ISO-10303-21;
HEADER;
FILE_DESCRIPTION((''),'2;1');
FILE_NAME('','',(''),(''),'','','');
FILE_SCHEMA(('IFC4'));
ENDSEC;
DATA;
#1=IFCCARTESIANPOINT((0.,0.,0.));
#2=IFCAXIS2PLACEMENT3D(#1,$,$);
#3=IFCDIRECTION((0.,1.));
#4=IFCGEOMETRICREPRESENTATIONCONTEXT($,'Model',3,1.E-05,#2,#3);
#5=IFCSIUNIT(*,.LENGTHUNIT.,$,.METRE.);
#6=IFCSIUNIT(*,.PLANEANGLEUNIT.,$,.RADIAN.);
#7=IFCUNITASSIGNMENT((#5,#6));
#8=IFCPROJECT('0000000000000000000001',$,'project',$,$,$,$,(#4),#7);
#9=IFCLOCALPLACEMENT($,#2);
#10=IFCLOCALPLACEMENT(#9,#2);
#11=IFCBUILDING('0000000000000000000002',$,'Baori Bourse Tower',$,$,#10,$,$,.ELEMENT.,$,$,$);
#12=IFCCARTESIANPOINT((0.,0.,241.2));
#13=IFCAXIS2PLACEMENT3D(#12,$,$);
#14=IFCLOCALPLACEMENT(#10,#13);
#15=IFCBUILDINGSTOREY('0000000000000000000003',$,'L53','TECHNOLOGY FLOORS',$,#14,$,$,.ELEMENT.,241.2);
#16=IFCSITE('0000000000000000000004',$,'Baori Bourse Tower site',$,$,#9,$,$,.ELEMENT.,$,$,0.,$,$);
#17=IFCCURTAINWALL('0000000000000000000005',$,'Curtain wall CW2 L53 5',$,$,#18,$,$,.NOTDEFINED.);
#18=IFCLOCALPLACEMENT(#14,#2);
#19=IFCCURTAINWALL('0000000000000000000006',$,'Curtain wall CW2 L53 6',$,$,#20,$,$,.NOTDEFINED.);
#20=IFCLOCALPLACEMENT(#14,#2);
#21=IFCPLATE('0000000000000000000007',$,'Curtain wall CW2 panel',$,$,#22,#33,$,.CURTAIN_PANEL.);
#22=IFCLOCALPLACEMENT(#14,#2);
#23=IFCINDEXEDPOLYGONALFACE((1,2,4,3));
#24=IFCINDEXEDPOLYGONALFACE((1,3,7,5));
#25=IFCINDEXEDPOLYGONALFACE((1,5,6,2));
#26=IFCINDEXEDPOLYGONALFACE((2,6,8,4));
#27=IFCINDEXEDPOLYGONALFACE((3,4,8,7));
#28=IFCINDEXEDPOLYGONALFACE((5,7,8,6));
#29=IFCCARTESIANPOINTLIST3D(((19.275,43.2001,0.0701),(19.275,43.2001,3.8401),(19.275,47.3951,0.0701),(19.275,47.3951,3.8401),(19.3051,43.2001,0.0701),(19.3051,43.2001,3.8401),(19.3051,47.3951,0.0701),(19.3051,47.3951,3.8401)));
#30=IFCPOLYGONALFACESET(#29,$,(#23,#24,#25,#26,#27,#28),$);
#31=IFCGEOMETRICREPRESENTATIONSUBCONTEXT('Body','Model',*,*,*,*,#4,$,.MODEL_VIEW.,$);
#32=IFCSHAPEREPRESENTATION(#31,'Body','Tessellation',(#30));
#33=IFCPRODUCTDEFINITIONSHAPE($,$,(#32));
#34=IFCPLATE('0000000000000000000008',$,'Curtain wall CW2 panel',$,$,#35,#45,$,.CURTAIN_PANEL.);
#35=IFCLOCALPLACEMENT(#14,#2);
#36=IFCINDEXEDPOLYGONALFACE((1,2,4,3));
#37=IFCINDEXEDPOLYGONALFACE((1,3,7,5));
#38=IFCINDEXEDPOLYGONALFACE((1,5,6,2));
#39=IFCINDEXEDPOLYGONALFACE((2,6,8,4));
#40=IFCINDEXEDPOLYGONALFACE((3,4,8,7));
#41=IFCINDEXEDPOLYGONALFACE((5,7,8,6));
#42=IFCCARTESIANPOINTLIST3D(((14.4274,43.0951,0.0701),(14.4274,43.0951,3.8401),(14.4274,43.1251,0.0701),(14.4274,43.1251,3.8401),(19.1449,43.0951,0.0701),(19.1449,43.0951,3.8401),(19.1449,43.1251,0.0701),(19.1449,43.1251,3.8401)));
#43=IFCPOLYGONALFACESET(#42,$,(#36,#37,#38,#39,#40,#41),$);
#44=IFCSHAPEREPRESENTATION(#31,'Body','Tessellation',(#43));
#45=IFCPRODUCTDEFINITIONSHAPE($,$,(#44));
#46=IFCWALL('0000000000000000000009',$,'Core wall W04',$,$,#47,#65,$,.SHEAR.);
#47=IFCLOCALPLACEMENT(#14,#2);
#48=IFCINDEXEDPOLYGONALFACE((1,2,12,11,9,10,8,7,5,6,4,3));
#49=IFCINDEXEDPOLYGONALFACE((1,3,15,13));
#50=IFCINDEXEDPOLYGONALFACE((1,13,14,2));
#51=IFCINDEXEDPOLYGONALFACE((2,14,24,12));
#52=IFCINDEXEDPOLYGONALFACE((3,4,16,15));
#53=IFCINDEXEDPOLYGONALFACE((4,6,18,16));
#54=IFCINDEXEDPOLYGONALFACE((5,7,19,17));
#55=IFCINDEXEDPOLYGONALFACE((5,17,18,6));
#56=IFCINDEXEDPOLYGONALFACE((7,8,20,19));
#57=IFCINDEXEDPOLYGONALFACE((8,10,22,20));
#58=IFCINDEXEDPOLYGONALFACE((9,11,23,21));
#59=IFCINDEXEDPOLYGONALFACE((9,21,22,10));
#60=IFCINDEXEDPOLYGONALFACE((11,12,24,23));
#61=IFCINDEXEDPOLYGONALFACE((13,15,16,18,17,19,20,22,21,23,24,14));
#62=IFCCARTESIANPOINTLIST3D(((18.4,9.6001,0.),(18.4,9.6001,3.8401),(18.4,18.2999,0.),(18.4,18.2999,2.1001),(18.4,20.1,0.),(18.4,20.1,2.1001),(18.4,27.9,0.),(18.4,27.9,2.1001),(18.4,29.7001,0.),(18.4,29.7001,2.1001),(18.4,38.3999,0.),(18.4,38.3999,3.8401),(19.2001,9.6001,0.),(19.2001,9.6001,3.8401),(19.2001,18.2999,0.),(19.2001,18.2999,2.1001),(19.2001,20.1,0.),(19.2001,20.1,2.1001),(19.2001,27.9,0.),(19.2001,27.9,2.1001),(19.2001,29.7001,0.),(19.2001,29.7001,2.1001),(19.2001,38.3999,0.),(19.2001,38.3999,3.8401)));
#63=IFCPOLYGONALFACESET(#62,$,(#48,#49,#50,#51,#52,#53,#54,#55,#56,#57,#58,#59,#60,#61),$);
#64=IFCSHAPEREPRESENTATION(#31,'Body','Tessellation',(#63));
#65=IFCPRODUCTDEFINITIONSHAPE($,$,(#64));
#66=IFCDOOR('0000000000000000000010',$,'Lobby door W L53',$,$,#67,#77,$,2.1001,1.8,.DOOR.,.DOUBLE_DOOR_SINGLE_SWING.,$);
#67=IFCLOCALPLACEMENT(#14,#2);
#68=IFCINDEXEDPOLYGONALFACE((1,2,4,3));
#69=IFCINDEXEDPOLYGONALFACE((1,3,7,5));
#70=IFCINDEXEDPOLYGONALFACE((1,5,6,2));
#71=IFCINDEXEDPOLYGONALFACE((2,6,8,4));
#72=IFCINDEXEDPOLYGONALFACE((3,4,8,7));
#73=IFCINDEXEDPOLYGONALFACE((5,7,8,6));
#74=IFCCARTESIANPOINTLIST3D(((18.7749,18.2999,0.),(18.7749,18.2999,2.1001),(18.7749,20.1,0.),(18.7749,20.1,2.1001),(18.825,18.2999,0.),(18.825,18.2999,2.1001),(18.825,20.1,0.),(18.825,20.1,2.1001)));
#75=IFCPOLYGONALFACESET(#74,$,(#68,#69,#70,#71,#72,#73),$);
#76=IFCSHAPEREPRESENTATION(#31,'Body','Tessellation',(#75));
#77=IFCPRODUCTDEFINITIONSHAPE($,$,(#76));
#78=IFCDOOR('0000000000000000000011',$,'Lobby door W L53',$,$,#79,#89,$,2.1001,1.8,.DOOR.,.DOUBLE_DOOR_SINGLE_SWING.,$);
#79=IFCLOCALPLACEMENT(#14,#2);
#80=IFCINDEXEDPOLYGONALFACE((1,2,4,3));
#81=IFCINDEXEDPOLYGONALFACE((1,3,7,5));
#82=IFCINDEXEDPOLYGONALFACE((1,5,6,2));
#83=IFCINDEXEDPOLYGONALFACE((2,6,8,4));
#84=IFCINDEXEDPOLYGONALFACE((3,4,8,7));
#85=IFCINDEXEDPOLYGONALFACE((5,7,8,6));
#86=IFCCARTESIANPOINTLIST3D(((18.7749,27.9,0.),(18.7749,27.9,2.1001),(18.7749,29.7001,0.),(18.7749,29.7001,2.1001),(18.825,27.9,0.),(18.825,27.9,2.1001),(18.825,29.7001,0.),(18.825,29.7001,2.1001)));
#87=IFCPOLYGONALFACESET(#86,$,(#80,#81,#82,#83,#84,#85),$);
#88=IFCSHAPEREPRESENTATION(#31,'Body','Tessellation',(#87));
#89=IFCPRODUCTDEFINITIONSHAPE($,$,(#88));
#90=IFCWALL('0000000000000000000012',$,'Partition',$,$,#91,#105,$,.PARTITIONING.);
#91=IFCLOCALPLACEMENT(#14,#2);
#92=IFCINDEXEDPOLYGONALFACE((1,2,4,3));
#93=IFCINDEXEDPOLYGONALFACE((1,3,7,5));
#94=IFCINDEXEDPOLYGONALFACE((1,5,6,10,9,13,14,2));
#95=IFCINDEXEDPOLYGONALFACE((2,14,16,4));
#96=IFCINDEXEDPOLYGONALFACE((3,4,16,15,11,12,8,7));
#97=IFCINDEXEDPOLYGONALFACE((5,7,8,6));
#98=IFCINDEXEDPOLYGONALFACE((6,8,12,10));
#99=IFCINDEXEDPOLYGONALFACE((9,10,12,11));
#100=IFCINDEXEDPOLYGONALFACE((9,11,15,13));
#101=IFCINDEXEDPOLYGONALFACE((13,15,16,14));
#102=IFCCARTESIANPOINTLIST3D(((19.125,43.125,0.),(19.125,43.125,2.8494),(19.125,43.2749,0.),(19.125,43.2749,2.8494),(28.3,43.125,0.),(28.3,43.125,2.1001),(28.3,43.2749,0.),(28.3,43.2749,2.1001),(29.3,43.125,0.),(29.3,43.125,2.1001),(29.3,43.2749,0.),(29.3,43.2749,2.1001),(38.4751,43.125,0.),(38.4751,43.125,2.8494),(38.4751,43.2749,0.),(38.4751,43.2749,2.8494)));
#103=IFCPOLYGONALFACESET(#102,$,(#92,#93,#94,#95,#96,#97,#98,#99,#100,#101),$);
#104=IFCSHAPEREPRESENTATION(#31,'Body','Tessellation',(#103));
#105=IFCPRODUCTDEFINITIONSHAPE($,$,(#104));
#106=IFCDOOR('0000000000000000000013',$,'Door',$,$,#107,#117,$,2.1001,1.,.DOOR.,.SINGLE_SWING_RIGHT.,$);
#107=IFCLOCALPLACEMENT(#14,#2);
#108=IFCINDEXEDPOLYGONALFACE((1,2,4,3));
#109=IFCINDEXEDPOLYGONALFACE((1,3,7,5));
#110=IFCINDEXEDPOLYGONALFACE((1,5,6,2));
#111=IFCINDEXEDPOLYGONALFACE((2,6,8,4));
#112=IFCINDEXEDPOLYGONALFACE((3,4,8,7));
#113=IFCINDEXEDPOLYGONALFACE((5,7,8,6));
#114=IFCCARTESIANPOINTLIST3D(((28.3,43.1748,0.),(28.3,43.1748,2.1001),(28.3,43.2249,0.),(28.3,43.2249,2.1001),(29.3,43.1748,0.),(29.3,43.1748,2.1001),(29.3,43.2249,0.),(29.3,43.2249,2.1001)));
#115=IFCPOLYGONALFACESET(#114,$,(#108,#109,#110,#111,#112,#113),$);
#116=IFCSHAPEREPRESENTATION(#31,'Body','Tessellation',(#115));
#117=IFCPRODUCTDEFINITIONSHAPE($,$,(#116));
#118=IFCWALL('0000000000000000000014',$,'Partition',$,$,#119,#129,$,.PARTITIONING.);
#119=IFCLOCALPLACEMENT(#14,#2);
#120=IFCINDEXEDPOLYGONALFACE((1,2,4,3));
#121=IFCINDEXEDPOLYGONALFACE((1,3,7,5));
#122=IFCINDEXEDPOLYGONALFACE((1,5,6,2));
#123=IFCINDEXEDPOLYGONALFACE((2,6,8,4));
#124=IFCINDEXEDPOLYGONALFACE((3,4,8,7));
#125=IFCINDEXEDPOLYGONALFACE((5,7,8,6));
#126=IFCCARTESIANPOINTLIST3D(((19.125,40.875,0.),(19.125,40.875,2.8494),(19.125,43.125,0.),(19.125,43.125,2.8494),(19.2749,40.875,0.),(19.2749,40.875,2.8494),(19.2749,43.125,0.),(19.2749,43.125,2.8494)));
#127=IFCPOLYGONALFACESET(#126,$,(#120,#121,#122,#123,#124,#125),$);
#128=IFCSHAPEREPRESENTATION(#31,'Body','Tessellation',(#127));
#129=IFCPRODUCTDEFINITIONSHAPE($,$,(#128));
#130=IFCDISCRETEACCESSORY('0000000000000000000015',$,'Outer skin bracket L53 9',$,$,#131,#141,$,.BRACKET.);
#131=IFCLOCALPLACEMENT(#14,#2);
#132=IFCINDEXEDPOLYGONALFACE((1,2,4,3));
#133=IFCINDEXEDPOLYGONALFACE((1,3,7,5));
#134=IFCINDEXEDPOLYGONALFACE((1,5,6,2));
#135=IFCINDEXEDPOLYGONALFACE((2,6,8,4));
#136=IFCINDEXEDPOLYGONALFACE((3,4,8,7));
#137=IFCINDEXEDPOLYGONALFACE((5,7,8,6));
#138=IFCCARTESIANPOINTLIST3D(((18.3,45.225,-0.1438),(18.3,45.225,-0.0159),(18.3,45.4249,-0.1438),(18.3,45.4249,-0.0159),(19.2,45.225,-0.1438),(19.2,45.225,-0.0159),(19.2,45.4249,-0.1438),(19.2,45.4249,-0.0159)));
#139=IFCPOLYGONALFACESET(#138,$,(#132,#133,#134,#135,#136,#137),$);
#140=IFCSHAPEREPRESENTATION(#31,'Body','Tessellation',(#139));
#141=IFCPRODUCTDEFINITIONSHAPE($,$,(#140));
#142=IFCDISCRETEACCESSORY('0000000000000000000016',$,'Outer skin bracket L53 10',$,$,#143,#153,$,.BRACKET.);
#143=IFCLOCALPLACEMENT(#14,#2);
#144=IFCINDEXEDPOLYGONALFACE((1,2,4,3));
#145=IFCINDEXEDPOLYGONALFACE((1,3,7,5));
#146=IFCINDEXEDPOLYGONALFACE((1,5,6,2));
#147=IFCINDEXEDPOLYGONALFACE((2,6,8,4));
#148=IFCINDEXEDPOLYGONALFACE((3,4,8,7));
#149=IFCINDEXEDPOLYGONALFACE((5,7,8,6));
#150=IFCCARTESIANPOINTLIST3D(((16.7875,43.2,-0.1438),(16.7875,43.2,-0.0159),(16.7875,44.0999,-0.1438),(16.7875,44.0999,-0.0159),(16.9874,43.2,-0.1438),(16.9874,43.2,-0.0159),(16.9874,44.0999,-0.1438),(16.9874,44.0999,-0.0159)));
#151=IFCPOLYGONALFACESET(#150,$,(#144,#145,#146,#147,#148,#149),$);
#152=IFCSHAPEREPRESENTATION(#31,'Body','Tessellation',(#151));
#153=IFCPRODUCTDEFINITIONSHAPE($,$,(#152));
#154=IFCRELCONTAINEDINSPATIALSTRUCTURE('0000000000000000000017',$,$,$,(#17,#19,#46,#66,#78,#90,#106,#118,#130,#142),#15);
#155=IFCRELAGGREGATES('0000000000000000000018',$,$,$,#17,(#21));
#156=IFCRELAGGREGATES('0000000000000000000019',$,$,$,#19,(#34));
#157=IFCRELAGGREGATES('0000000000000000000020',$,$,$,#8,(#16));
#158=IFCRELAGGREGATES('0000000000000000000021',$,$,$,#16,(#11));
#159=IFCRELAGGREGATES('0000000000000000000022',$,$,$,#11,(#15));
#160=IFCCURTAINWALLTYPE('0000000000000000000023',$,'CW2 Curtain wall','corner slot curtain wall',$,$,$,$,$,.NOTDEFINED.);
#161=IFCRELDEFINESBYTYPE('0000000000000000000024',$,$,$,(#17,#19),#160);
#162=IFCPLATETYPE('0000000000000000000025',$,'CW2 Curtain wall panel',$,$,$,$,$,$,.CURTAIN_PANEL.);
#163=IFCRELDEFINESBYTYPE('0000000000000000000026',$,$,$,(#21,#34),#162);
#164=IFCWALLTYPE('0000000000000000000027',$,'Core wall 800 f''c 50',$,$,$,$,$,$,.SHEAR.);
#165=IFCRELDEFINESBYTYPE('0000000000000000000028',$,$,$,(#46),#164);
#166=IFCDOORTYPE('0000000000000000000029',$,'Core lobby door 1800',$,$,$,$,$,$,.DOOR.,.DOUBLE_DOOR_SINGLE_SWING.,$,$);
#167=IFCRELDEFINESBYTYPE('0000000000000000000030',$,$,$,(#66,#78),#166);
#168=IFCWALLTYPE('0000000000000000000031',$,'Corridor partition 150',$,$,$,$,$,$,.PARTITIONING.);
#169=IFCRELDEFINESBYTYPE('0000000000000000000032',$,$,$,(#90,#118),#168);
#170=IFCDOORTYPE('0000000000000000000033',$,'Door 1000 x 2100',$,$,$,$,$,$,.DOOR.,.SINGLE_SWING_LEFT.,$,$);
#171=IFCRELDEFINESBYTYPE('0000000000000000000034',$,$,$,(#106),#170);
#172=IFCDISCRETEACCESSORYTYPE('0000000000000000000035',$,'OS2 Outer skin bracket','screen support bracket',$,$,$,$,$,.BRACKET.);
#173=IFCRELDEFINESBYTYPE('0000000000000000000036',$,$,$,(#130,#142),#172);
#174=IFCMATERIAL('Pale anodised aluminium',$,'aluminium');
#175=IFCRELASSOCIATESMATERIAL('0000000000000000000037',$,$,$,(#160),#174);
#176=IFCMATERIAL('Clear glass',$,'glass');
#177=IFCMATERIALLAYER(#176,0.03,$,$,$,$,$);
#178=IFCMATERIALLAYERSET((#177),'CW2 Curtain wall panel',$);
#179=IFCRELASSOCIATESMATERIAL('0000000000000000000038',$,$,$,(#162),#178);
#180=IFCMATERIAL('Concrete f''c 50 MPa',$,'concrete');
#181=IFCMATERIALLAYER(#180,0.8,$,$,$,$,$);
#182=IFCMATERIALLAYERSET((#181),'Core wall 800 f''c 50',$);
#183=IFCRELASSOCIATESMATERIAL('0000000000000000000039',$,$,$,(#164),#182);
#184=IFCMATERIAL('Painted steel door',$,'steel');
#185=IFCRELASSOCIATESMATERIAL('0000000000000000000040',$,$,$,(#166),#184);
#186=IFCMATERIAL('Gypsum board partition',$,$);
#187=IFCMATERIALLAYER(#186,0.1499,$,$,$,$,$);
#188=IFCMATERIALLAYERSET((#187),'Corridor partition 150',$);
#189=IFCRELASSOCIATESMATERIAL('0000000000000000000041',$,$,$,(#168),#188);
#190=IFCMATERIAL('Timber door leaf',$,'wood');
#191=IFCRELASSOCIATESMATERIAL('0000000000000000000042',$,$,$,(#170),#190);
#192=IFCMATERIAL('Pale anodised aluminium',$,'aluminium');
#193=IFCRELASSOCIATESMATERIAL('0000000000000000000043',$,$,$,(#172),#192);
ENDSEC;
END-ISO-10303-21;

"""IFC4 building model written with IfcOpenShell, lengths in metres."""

from ifc_helpers import new_model, si_unit, direction, frame, frame_2d, origin, origin_2d, place, context, subcontext, project, spatial, rectangle, extrude, material, layer, layer_set, type_object, element, fill, aggregate, save


model = new_model("IFC4")

# Units and contexts
model_context = context("Model", 3, precision=1e-05, world=origin(), true_north=direction((0.0, 1.0)))
body_context = subcontext(model_context, "Body", "Model", "MODEL_VIEW")
ifc_project = project(units=[si_unit("LENGTHUNIT", "METRE"), si_unit("PLANEANGLEUNIT", "RADIAN")], contexts=[model_context])

# Site, building, storey
site_placement = place(None, origin())
site = spatial("IfcSite", under=ifc_project, at=site_placement, Name="Baori Bourse Tower site", CompositionType="ELEMENT", RefElevation=0.0)
building_placement = place(site_placement, origin())
building = spatial("IfcBuilding", under=site, at=building_placement, Name="Baori Bourse Tower", CompositionType="ELEMENT")
storey_placement = place(building_placement, frame((0.0, 0.0, 241.2)))
storey = spatial("IfcBuildingStorey", under=building, at=storey_placement, Name="L53", Description="TECHNOLOGY FLOORS", CompositionType="ELEMENT", Elevation=241.2)

# Curtain walls
ifc_material_1 = material(Name="Pale anodised aluminium", Category="aluminium")
curtain_wall_type = type_object("IfcCurtainWallType", Name="CW2 Curtain wall", Description="corner slot curtain wall", PredefinedType="NOTDEFINED", material=ifc_material_1)
curtain_wall_1_placement = place(storey_placement, origin())
curtain_wall_1 = element("IfcCurtainWall", 1, at=curtain_wall_1_placement, inside=storey, type_object=curtain_wall_type, Name="Curtain wall CW2 L53 5", PredefinedType="NOTDEFINED")
curtain_wall_2_placement = place(storey_placement, origin())
curtain_wall_2 = element("IfcCurtainWall", 2, at=curtain_wall_2_placement, inside=storey, type_object=curtain_wall_type, Name="Curtain wall CW2 L53 6", PredefinedType="NOTDEFINED")

# Plates
ifc_material_2 = material(Name="Clear glass", Category="glass")
ifc_layer_1 = layer(ifc_material_2, 0.03)
ifc_layer_set_1 = layer_set([ifc_layer_1], Name="CW2 Curtain wall panel")
plate_type = type_object("IfcPlateType", Name="CW2 Curtain wall panel", PredefinedType="CURTAIN_PANEL", material=ifc_layer_set_1)
plate_1_placement = place(storey_placement, frame((19.29, 45.2976, 0.0701), z_axis=(0.0, 0.0, 1.0), x_axis=(0.0, -1.0, 0.0)))
plate_1 = element("IfcPlate", 3, at=plate_1_placement, type_object=plate_type, Name="Curtain wall CW2 panel", PredefinedType="CURTAIN_PANEL", context=body_context, shape_type="SweptSolid", body=[
    extrude(rectangle(XDim=4.1951, YDim=0.03, at=origin_2d()), origin(), (0.0, 0.0, 1.0), 3.77),
])
aggregate(curtain_wall_1, [plate_1])
plate_2_placement = place(storey_placement, frame((16.7861, 43.1101, 0.0701), z_axis=(0.0, 0.0, 1.0), x_axis=(-1.0, 0.0, 0.0)))
plate_2 = element("IfcPlate", 4, at=plate_2_placement, type_object=plate_type, Name="Curtain wall CW2 panel", PredefinedType="CURTAIN_PANEL", context=body_context, shape_type="SweptSolid", body=[
    extrude(rectangle(XDim=4.7175, YDim=0.03, at=origin_2d()), origin(), (0.0, 0.0, 1.0), 3.77),
])
aggregate(curtain_wall_2, [plate_2])

# Wall, openings, doors
ifc_material_3 = material(Name="Concrete f'c 50 MPa", Category="concrete")
ifc_layer_2 = layer(ifc_material_3, 0.8)
ifc_layer_set_2 = layer_set([ifc_layer_2], Name="Core wall 800 f'c 50")
wall_type_1 = type_object("IfcWallType", Name="Core wall 800 f'c 50", PredefinedType="SHEAR", material=ifc_layer_set_2)
wall_1_placement = place(storey_placement, frame((18.8, 38.3999, 0.0), z_axis=(0.0, 0.0, 1.0), x_axis=(0.0, -1.0, 0.0)))
wall_1 = element("IfcWall", 5, at=wall_1_placement, inside=storey, type_object=wall_type_1, Name="Core wall W04", PredefinedType="SHEAR", context=body_context, shape_type="SweptSolid", body=[
    extrude(rectangle(XDim=28.7998, YDim=0.8, at=frame_2d((14.3999, 0.0))), origin(), (0.0, 0.0, 1.0), 3.8401),
])
opening_1_placement = place(wall_1_placement, frame((18.3, 0.0, 0.0)))
opening_1 = element("IfcOpeningElement", 6, at=opening_1_placement, cuts=wall_1, PredefinedType="OPENING", context=body_context, shape_type="SweptSolid", body=[
    extrude(rectangle(XDim=1.8, YDim=2.1001, at=frame_2d((0.8999, 1.05))), frame((0.0, 0.4099, 0.0), z_axis=(0.0, -1.0, 0.0), x_axis=(1.0, 0.0, 0.0)), (0.0, 0.0, 1.0), 0.8201),
])
opening_2_placement = place(wall_1_placement, frame((8.7, 0.0, 0.0)))
opening_2 = element("IfcOpeningElement", 7, at=opening_2_placement, cuts=wall_1, PredefinedType="OPENING", context=body_context, shape_type="SweptSolid", body=[
    extrude(rectangle(XDim=1.8, YDim=2.1001, at=frame_2d((0.8999, 1.05))), frame((0.0, 0.4099, 0.0), z_axis=(0.0, -1.0, 0.0), x_axis=(1.0, 0.0, 0.0)), (0.0, 0.0, 1.0), 0.8201),
])
ifc_material_4 = material(Name="Painted steel door", Category="steel")
door_type_1 = type_object("IfcDoorType", Name="Core lobby door 1800", OperationType="DOUBLE_DOOR_SINGLE_SWING", PredefinedType="DOOR", material=ifc_material_4)
door_1_placement = place(opening_1_placement, origin())
door_1 = element("IfcDoor", 8, at=door_1_placement, inside=storey, type_object=door_type_1, Name="Lobby door W L53", OperationType="DOUBLE_DOOR_SINGLE_SWING", OverallHeight=2.1001, OverallWidth=1.8, PredefinedType="DOOR", context=body_context, shape_type="SweptSolid", body=[
    extrude(rectangle(XDim=1.8, YDim=2.1001, at=frame_2d((0.8999, 1.05))), frame((0.0, 0.0249, 0.0), z_axis=(0.0, -1.0, 0.0), x_axis=(1.0, 0.0, 0.0)), (0.0, 0.0, 1.0), 0.05),
])
fill(opening_1, door_1)
door_2_placement = place(opening_2_placement, origin())
door_2 = element("IfcDoor", 9, at=door_2_placement, inside=storey, type_object=door_type_1, Name="Lobby door W L53", OperationType="DOUBLE_DOOR_SINGLE_SWING", OverallHeight=2.1001, OverallWidth=1.8, PredefinedType="DOOR", context=body_context, shape_type="SweptSolid", body=[
    extrude(rectangle(XDim=1.8, YDim=2.1001, at=frame_2d((0.8999, 1.05))), frame((0.0, 0.0249, 0.0), z_axis=(0.0, -1.0, 0.0), x_axis=(1.0, 0.0, 0.0)), (0.0, 0.0, 1.0), 0.05),
])
fill(opening_2, door_2)

# Wall, opening, door
ifc_material_5 = material(Name="Gypsum board partition")
ifc_layer_3 = layer(ifc_material_5, 0.1499)
ifc_layer_set_3 = layer_set([ifc_layer_3], Name="Corridor partition 150")
wall_type_2 = type_object("IfcWallType", Name="Corridor partition 150", PredefinedType="PARTITIONING", material=ifc_layer_set_3)
wall_2_placement = place(storey_placement, frame((19.125, 43.2, 0.0), z_axis=(0.0, 0.0, 1.0), x_axis=(1.0, 0.0, 0.0)))
wall_2 = element("IfcWall", 10, at=wall_2_placement, inside=storey, type_object=wall_type_2, Name="Partition", PredefinedType="PARTITIONING", context=body_context, shape_type="SweptSolid", body=[
    extrude(rectangle(XDim=19.3501, YDim=0.1499, at=frame_2d((9.675, 0.0))), origin(), (0.0, 0.0, 1.0), 2.8494),
])
opening_3_placement = place(wall_2_placement, frame((9.175, 0.0, 0.0)))
opening_3 = element("IfcOpeningElement", 11, at=opening_3_placement, cuts=wall_2, PredefinedType="OPENING", context=body_context, shape_type="SweptSolid", body=[
    extrude(rectangle(XDim=1.0, YDim=2.1001, at=frame_2d((0.5, 1.05))), frame((0.0, 0.085, 0.0), z_axis=(0.0, -1.0, 0.0), x_axis=(1.0, 0.0, 0.0)), (0.0, 0.0, 1.0), 0.1699),
])
ifc_material_6 = material(Name="Timber door leaf", Category="wood")
door_type_2 = type_object("IfcDoorType", Name="Door 1000 x 2100", OperationType="SINGLE_SWING_LEFT", PredefinedType="DOOR", material=ifc_material_6)
door_3_placement = place(opening_3_placement, origin())
door_3 = element("IfcDoor", 12, at=door_3_placement, inside=storey, type_object=door_type_2, Name="Door", OperationType="SINGLE_SWING_RIGHT", OverallHeight=2.1001, OverallWidth=1.0, PredefinedType="DOOR", context=body_context, shape_type="SweptSolid", body=[
    extrude(rectangle(XDim=1.0, YDim=2.1001, at=frame_2d((0.5, 1.05))), frame((0.0, 0.0249, 0.0), z_axis=(0.0, -1.0, 0.0), x_axis=(1.0, 0.0, 0.0)), (0.0, 0.0, 1.0), 0.05),
])
fill(opening_3, door_3)

# Wall
wall_3_placement = place(storey_placement, frame((19.2, 40.875, 0.0), z_axis=(0.0, 0.0, 1.0), x_axis=(0.0, 1.0, 0.0)))
element("IfcWall", 13, at=wall_3_placement, inside=storey, type_object=wall_type_2, Name="Partition", PredefinedType="PARTITIONING", context=body_context, shape_type="SweptSolid", body=[
    extrude(rectangle(XDim=2.25, YDim=0.1499, at=frame_2d((1.125, 0.0))), origin(), (0.0, 0.0, 1.0), 2.8494),
])

# Discrete accessories
ifc_material_7 = material(Name="Pale anodised aluminium", Category="aluminium")
discrete_accessory_type = type_object("IfcDiscreteAccessoryType", Name="OS2 Outer skin bracket", Description="screen support bracket", PredefinedType="BRACKET", material=ifc_material_7)
for number, where, z_axis, x_axis, name in (
    (14, (18.75, 45.325, -0.1438), (0.0, 0.0, 1.0), (0.0, -1.0, 0.0), "Outer skin bracket L53 9"),
    (15, (16.8875, 43.6499, -0.1438), (0.0, 0.0, 1.0), (-1.0, 0.0, 0.0), "Outer skin bracket L53 10"),
):
    element("IfcDiscreteAccessory", number, at=place(storey_placement, frame(where, z_axis=z_axis, x_axis=x_axis)), inside=storey, type_object=discrete_accessory_type, Name=name, PredefinedType="BRACKET", context=body_context, shape_type="SweptSolid", body=[
        extrude(rectangle(XDim=0.2, YDim=0.8999, at=origin_2d()), origin(), (0.0, 0.0, 1.0), 0.1279),
    ])

save(model, "model.ifc")
